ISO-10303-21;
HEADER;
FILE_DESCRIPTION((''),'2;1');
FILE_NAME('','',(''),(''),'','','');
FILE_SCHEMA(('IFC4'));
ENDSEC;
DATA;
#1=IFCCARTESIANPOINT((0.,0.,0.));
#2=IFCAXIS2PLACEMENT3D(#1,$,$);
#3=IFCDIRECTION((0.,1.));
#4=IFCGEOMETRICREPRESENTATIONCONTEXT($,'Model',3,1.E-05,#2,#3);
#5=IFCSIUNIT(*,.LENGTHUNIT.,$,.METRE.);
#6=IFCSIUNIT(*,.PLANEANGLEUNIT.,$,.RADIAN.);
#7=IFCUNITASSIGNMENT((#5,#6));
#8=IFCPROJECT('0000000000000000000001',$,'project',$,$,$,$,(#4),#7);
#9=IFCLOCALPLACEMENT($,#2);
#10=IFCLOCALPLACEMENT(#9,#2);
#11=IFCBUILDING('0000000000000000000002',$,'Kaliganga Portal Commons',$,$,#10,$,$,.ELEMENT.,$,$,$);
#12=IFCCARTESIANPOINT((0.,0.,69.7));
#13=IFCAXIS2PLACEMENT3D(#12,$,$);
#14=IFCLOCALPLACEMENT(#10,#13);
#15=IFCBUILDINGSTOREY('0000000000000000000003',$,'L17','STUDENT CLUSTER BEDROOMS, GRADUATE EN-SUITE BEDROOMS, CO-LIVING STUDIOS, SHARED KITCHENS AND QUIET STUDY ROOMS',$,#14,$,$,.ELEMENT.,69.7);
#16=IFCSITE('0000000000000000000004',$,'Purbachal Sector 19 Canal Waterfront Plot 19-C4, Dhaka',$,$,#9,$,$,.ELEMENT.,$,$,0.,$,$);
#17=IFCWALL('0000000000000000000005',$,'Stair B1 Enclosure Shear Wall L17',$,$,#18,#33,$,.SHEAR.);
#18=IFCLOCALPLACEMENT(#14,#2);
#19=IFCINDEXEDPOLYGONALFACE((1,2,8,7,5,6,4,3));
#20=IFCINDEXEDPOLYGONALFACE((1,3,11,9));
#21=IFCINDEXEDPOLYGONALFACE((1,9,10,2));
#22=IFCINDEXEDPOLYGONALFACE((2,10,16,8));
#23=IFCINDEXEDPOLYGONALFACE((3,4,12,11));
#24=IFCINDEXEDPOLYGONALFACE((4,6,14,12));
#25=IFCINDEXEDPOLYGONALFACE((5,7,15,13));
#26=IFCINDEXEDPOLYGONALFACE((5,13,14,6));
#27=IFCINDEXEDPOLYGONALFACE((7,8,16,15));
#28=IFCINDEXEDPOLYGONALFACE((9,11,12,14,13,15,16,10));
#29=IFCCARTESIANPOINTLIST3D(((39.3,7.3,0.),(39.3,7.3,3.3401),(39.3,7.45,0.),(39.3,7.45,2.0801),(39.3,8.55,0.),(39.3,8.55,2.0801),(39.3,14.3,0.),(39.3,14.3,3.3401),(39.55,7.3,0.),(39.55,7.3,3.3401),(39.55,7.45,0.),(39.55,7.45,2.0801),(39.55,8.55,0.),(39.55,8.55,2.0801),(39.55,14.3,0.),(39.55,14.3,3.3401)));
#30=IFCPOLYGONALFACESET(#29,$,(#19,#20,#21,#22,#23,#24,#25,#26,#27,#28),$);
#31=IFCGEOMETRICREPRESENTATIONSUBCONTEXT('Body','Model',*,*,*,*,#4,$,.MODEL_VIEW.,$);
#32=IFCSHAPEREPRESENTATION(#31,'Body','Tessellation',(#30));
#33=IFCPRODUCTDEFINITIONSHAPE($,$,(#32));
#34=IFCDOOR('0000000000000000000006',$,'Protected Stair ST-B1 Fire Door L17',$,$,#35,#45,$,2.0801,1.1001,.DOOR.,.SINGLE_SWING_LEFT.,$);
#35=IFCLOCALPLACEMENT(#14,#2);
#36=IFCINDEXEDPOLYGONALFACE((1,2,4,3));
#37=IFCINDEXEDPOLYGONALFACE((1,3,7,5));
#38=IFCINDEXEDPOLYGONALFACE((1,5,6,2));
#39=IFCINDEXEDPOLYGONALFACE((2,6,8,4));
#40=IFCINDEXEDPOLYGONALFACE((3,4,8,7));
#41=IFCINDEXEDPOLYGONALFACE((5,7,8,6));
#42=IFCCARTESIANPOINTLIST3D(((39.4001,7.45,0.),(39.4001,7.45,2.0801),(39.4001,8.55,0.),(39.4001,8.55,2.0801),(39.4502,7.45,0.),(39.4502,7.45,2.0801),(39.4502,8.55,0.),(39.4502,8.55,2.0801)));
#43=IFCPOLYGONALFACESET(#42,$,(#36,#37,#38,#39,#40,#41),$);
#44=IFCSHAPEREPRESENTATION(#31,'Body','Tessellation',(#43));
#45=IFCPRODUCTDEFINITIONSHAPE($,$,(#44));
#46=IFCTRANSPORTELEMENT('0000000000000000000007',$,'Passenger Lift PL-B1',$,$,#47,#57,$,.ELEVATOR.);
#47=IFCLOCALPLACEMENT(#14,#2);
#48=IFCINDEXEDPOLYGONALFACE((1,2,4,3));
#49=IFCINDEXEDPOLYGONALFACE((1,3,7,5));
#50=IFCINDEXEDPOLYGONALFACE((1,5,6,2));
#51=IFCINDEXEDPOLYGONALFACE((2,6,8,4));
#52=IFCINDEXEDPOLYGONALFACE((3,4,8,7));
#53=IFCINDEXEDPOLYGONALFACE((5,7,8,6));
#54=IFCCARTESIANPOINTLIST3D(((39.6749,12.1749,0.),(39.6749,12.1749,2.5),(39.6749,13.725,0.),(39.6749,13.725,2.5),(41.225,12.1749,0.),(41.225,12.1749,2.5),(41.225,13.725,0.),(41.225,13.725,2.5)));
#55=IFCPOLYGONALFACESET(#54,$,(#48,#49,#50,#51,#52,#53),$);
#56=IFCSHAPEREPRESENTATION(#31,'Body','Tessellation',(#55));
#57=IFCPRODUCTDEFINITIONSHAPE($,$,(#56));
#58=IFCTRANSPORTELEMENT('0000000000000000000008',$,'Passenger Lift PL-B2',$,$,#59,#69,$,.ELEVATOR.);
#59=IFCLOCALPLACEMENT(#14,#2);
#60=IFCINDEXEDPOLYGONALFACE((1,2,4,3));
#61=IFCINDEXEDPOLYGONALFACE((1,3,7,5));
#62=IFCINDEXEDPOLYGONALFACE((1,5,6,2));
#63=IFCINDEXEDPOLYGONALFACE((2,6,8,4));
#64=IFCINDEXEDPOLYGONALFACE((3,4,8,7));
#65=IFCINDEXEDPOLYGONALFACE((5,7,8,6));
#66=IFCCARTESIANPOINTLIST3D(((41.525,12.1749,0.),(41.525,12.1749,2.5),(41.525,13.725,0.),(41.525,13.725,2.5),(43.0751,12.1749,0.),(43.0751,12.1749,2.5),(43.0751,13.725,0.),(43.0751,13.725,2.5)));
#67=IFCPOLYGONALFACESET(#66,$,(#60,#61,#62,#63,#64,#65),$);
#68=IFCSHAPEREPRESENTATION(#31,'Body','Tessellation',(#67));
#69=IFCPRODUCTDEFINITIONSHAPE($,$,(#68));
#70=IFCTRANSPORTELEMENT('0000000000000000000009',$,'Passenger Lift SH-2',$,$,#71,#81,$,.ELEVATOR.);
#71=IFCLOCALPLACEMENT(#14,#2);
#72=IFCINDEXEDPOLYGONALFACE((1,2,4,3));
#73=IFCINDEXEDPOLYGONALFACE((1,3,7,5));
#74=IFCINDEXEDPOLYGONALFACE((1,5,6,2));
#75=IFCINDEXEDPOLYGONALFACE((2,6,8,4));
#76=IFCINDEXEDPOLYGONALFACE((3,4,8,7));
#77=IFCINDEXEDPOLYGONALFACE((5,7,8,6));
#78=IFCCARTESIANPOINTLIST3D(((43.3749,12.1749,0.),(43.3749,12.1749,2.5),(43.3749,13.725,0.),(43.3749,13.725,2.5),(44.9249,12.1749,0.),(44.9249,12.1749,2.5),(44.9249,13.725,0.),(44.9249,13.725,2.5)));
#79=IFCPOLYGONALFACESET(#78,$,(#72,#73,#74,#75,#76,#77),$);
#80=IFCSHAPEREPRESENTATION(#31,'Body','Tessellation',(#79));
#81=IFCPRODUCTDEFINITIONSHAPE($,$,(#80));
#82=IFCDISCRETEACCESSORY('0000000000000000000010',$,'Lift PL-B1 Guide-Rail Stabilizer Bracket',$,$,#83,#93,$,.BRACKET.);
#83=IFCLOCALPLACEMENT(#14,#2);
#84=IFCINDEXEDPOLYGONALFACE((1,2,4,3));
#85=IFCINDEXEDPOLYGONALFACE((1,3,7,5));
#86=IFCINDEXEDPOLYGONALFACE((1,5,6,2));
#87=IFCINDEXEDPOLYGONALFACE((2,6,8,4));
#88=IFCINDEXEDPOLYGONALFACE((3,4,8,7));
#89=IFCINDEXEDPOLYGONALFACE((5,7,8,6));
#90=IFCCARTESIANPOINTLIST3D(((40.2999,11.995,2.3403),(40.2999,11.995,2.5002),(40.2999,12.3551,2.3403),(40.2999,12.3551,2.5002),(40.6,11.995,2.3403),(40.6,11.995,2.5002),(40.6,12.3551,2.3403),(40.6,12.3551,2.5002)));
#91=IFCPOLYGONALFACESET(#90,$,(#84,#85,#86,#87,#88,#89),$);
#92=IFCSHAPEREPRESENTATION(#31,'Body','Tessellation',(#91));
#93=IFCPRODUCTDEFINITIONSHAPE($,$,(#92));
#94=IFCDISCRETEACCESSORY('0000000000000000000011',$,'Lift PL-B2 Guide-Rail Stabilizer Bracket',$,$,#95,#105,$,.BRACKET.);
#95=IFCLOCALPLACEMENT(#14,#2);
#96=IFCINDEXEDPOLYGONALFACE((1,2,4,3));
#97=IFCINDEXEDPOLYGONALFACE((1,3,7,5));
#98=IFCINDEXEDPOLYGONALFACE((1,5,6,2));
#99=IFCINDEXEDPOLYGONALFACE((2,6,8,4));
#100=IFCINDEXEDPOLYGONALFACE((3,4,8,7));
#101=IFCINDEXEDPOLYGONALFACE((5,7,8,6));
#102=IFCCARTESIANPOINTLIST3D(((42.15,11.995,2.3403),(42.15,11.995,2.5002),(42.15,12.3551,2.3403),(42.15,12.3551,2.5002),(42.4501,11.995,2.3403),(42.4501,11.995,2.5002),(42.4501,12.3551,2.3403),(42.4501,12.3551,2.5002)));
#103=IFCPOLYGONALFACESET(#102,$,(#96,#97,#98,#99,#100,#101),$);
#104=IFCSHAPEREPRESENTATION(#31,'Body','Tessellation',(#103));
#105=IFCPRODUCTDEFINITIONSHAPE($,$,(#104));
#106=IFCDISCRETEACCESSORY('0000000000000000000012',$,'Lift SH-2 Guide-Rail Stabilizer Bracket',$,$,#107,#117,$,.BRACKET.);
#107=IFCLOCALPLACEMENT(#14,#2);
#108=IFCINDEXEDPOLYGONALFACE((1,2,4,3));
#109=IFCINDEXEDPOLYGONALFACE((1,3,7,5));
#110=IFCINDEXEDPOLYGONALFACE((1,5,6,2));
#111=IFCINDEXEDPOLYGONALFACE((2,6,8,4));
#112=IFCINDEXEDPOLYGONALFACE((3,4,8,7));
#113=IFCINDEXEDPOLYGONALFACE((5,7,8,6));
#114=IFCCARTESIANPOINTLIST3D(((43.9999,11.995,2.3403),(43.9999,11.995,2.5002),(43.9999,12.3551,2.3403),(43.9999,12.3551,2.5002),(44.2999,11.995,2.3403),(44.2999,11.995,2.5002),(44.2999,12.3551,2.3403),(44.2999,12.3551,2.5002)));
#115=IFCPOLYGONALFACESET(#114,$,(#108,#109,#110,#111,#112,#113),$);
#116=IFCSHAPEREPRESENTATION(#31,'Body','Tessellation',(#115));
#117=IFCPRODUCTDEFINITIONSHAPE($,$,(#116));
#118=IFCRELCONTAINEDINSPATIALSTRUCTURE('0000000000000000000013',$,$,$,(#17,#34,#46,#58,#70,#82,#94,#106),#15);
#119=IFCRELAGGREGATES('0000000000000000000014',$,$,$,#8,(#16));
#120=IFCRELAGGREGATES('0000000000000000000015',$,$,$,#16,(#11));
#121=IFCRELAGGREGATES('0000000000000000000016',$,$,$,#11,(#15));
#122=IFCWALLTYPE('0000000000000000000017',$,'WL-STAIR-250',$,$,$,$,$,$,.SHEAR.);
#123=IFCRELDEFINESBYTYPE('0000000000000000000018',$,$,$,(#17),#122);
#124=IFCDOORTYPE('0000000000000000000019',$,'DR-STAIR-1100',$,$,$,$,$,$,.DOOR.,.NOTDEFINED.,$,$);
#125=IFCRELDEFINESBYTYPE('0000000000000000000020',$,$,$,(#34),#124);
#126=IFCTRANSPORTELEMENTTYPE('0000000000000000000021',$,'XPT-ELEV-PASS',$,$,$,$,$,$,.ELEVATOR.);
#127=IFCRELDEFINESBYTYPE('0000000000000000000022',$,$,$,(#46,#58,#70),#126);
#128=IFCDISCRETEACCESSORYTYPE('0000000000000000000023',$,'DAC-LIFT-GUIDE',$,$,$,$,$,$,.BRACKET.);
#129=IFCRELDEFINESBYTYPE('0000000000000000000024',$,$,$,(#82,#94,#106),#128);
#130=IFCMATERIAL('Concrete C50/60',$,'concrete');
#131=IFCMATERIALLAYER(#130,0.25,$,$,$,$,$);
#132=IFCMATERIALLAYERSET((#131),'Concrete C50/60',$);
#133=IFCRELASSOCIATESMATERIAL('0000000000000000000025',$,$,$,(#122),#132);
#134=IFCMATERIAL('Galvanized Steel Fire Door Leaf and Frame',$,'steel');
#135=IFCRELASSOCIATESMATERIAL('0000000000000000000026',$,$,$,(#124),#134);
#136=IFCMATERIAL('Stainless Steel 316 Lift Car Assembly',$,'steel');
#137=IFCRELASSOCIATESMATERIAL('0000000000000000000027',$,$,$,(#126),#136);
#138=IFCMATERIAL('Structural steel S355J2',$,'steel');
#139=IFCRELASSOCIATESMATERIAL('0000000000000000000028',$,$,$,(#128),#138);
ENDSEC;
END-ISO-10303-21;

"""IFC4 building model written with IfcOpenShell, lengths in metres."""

from ifc_helpers import new_model, si_unit, direction, frame, frame_2d, origin, origin_2d, place, context, subcontext, project, spatial, rectangle, extrude, source, transform, mapped, material, layer, layer_set, type_object, element, fill, save


model = new_model("IFC4")

# Units and contexts
model_context = context("Model", 3, precision=1e-05, world=origin(), true_north=direction((0.0, 1.0)))
body_context = subcontext(model_context, "Body", "Model", "MODEL_VIEW")
ifc_project = project(units=[si_unit("LENGTHUNIT", "METRE"), si_unit("PLANEANGLEUNIT", "RADIAN")], contexts=[model_context])

# Site, building, storey
site_placement = place(None, origin())
site = spatial("IfcSite", under=ifc_project, at=site_placement, Name="Purbachal Sector 19 Canal Waterfront Plot 19-C4, Dhaka", CompositionType="ELEMENT", RefElevation=0.0)
building_placement = place(site_placement, origin())
building = spatial("IfcBuilding", under=site, at=building_placement, Name="Kaliganga Portal Commons", CompositionType="ELEMENT")
storey_placement = place(building_placement, frame((0.0, 0.0, 69.7)))
storey = spatial("IfcBuildingStorey", under=building, at=storey_placement, Name="L17", Description="STUDENT CLUSTER BEDROOMS, GRADUATE EN-SUITE BEDROOMS, CO-LIVING STUDIOS, SHARED KITCHENS AND QUIET STUDY ROOMS", CompositionType="ELEMENT", Elevation=69.7)

# Wall, opening, door
ifc_material_1 = material(Name="Concrete C50/60", Category="concrete")
ifc_layer_1 = layer(ifc_material_1, 0.25)
ifc_layer_set_1 = layer_set([ifc_layer_1], Name="Concrete C50/60")
wall_type_1 = type_object("IfcWallType", Name="WL-STAIR-250", PredefinedType="SHEAR", material=ifc_layer_set_1)
wall_1_placement = place(storey_placement, frame((39.425, 7.3, 0.0), z_axis=(0.0, 0.0, 1.0), x_axis=(0.0, 1.0, 0.0)))
wall_1 = element("IfcWall", 1, at=wall_1_placement, inside=storey, type_object=wall_type_1, Name="Stair B1 Enclosure Shear Wall L17", PredefinedType="SHEAR", context=body_context, shape_type="SweptSolid", body=[
    extrude(rectangle(XDim=7.0, YDim=0.25, at=frame_2d((3.5, 0.0))), origin(), (0.0, 0.0, 1.0), 3.3401),
])
opening_1_placement = place(wall_1_placement, frame((0.1499, 0.0, 0.0)))
opening_1 = element("IfcOpeningElement", 2, at=opening_1_placement, cuts=wall_1, PredefinedType="OPENING", context=body_context, shape_type="SweptSolid", body=[
    extrude(rectangle(XDim=1.1001, YDim=2.0801, at=frame_2d((0.55, 1.04))), frame((0.0, 0.135, 0.0), z_axis=(0.0, -1.0, 0.0), x_axis=(1.0, 0.0, 0.0)), (0.0, 0.0, 1.0), 0.27),
])
ifc_material_2 = material(Name="Galvanized Steel Fire Door Leaf and Frame", Category="steel")
door_type_1 = type_object("IfcDoorType", Name="DR-STAIR-1100", OperationType="NOTDEFINED", PredefinedType="DOOR", material=ifc_material_2)
door_1_placement = place(opening_1_placement, origin())
door_1 = element("IfcDoor", 3, at=door_1_placement, inside=storey, type_object=door_type_1, Name="Protected Stair ST-B1 Fire Door L17", OperationType="SINGLE_SWING_LEFT", OverallHeight=2.0801, OverallWidth=1.1001, PredefinedType="DOOR", context=body_context, shape_type="SweptSolid", body=[
    extrude(rectangle(XDim=1.1001, YDim=2.0801, at=frame_2d((0.55, 1.04))), frame((0.0, 0.0249, 0.0), z_axis=(0.0, -1.0, 0.0), x_axis=(1.0, 0.0, 0.0)), (0.0, 0.0, 1.0), 0.05),
])
fill(opening_1, door_1)

# Transport elements
ifc_material_3 = material(Name="Stainless Steel 316 Lift Car Assembly", Category="steel")
transport_element_type = type_object("IfcTransportElementType", Name="XPT-ELEV-PASS", PredefinedType="ELEVATOR", material=ifc_material_3)
shared_shape_1 = source(origin(), body_context, "Body", "SweptSolid", [
    extrude(rectangle(XDim=1.55, YDim=1.55, at=origin_2d()), origin(), (0.0, 0.0, 1.0), 2.5),
])
for number, where, z_axis, x_axis, name in (
    (4, (40.45, 12.95, 0.0), (0.0, 0.0, 1.0), (1.0, 0.0, 0.0), "Passenger Lift PL-B1"),
    (5, (42.3, 12.95, 0.0), (0.0, 0.0, 1.0), (1.0, 0.0, 0.0), "Passenger Lift PL-B2"),
    (6, (44.1499, 12.95, 0.0), (0.0, 0.0, 1.0), (1.0, 0.0, 0.0), "Passenger Lift SH-2"),
):
    element("IfcTransportElement", number, at=place(storey_placement, frame(where, z_axis=z_axis, x_axis=x_axis)), inside=storey, type_object=transport_element_type, Name=name, PredefinedType="ELEVATOR", context=body_context, shape_type="MappedRepresentation", body=[
        mapped(shared_shape_1, transform((0.0, 0.0, 0.0), x_axis=(1.0, 0.0, 0.0), y_axis=(0.0, 1.0, 0.0), z_axis=(0.0, 0.0, 1.0), scale=1.0)),
    ])

# Discrete accessories
ifc_material_4 = material(Name="Structural steel S355J2", Category="steel")
discrete_accessory_type = type_object("IfcDiscreteAccessoryType", Name="DAC-LIFT-GUIDE", PredefinedType="BRACKET", material=ifc_material_4)
shared_shape_2 = source(origin(), body_context, "Body", "SweptSolid", [
    extrude(rectangle(XDim=0.3, YDim=0.3601, at=origin_2d()), origin(), (0.0, 0.0, 1.0), 0.1599),
])
for number, where, z_axis, x_axis, name in (
    (7, (40.45, 12.175, 2.3403), (0.0, 0.0, 1.0), (1.0, 0.0, 0.0), "Lift PL-B1 Guide-Rail Stabilizer Bracket"),
    (8, (42.3, 12.175, 2.3403), (0.0, 0.0, 1.0), (1.0, 0.0, 0.0), "Lift PL-B2 Guide-Rail Stabilizer Bracket"),
    (9, (44.1499, 12.175, 2.3403), (0.0, 0.0, 1.0), (1.0, 0.0, 0.0), "Lift SH-2 Guide-Rail Stabilizer Bracket"),
):
    element("IfcDiscreteAccessory", number, at=place(storey_placement, frame(where, z_axis=z_axis, x_axis=x_axis)), inside=storey, type_object=discrete_accessory_type, Name=name, PredefinedType="BRACKET", context=body_context, shape_type="MappedRepresentation", body=[
        mapped(shared_shape_2, transform((0.0, 0.0, 0.0), x_axis=(1.0, 0.0, 0.0), y_axis=(0.0, 1.0, 0.0), z_axis=(0.0, 0.0, 1.0), scale=1.0)),
    ])

save(model, "model.ifc")
